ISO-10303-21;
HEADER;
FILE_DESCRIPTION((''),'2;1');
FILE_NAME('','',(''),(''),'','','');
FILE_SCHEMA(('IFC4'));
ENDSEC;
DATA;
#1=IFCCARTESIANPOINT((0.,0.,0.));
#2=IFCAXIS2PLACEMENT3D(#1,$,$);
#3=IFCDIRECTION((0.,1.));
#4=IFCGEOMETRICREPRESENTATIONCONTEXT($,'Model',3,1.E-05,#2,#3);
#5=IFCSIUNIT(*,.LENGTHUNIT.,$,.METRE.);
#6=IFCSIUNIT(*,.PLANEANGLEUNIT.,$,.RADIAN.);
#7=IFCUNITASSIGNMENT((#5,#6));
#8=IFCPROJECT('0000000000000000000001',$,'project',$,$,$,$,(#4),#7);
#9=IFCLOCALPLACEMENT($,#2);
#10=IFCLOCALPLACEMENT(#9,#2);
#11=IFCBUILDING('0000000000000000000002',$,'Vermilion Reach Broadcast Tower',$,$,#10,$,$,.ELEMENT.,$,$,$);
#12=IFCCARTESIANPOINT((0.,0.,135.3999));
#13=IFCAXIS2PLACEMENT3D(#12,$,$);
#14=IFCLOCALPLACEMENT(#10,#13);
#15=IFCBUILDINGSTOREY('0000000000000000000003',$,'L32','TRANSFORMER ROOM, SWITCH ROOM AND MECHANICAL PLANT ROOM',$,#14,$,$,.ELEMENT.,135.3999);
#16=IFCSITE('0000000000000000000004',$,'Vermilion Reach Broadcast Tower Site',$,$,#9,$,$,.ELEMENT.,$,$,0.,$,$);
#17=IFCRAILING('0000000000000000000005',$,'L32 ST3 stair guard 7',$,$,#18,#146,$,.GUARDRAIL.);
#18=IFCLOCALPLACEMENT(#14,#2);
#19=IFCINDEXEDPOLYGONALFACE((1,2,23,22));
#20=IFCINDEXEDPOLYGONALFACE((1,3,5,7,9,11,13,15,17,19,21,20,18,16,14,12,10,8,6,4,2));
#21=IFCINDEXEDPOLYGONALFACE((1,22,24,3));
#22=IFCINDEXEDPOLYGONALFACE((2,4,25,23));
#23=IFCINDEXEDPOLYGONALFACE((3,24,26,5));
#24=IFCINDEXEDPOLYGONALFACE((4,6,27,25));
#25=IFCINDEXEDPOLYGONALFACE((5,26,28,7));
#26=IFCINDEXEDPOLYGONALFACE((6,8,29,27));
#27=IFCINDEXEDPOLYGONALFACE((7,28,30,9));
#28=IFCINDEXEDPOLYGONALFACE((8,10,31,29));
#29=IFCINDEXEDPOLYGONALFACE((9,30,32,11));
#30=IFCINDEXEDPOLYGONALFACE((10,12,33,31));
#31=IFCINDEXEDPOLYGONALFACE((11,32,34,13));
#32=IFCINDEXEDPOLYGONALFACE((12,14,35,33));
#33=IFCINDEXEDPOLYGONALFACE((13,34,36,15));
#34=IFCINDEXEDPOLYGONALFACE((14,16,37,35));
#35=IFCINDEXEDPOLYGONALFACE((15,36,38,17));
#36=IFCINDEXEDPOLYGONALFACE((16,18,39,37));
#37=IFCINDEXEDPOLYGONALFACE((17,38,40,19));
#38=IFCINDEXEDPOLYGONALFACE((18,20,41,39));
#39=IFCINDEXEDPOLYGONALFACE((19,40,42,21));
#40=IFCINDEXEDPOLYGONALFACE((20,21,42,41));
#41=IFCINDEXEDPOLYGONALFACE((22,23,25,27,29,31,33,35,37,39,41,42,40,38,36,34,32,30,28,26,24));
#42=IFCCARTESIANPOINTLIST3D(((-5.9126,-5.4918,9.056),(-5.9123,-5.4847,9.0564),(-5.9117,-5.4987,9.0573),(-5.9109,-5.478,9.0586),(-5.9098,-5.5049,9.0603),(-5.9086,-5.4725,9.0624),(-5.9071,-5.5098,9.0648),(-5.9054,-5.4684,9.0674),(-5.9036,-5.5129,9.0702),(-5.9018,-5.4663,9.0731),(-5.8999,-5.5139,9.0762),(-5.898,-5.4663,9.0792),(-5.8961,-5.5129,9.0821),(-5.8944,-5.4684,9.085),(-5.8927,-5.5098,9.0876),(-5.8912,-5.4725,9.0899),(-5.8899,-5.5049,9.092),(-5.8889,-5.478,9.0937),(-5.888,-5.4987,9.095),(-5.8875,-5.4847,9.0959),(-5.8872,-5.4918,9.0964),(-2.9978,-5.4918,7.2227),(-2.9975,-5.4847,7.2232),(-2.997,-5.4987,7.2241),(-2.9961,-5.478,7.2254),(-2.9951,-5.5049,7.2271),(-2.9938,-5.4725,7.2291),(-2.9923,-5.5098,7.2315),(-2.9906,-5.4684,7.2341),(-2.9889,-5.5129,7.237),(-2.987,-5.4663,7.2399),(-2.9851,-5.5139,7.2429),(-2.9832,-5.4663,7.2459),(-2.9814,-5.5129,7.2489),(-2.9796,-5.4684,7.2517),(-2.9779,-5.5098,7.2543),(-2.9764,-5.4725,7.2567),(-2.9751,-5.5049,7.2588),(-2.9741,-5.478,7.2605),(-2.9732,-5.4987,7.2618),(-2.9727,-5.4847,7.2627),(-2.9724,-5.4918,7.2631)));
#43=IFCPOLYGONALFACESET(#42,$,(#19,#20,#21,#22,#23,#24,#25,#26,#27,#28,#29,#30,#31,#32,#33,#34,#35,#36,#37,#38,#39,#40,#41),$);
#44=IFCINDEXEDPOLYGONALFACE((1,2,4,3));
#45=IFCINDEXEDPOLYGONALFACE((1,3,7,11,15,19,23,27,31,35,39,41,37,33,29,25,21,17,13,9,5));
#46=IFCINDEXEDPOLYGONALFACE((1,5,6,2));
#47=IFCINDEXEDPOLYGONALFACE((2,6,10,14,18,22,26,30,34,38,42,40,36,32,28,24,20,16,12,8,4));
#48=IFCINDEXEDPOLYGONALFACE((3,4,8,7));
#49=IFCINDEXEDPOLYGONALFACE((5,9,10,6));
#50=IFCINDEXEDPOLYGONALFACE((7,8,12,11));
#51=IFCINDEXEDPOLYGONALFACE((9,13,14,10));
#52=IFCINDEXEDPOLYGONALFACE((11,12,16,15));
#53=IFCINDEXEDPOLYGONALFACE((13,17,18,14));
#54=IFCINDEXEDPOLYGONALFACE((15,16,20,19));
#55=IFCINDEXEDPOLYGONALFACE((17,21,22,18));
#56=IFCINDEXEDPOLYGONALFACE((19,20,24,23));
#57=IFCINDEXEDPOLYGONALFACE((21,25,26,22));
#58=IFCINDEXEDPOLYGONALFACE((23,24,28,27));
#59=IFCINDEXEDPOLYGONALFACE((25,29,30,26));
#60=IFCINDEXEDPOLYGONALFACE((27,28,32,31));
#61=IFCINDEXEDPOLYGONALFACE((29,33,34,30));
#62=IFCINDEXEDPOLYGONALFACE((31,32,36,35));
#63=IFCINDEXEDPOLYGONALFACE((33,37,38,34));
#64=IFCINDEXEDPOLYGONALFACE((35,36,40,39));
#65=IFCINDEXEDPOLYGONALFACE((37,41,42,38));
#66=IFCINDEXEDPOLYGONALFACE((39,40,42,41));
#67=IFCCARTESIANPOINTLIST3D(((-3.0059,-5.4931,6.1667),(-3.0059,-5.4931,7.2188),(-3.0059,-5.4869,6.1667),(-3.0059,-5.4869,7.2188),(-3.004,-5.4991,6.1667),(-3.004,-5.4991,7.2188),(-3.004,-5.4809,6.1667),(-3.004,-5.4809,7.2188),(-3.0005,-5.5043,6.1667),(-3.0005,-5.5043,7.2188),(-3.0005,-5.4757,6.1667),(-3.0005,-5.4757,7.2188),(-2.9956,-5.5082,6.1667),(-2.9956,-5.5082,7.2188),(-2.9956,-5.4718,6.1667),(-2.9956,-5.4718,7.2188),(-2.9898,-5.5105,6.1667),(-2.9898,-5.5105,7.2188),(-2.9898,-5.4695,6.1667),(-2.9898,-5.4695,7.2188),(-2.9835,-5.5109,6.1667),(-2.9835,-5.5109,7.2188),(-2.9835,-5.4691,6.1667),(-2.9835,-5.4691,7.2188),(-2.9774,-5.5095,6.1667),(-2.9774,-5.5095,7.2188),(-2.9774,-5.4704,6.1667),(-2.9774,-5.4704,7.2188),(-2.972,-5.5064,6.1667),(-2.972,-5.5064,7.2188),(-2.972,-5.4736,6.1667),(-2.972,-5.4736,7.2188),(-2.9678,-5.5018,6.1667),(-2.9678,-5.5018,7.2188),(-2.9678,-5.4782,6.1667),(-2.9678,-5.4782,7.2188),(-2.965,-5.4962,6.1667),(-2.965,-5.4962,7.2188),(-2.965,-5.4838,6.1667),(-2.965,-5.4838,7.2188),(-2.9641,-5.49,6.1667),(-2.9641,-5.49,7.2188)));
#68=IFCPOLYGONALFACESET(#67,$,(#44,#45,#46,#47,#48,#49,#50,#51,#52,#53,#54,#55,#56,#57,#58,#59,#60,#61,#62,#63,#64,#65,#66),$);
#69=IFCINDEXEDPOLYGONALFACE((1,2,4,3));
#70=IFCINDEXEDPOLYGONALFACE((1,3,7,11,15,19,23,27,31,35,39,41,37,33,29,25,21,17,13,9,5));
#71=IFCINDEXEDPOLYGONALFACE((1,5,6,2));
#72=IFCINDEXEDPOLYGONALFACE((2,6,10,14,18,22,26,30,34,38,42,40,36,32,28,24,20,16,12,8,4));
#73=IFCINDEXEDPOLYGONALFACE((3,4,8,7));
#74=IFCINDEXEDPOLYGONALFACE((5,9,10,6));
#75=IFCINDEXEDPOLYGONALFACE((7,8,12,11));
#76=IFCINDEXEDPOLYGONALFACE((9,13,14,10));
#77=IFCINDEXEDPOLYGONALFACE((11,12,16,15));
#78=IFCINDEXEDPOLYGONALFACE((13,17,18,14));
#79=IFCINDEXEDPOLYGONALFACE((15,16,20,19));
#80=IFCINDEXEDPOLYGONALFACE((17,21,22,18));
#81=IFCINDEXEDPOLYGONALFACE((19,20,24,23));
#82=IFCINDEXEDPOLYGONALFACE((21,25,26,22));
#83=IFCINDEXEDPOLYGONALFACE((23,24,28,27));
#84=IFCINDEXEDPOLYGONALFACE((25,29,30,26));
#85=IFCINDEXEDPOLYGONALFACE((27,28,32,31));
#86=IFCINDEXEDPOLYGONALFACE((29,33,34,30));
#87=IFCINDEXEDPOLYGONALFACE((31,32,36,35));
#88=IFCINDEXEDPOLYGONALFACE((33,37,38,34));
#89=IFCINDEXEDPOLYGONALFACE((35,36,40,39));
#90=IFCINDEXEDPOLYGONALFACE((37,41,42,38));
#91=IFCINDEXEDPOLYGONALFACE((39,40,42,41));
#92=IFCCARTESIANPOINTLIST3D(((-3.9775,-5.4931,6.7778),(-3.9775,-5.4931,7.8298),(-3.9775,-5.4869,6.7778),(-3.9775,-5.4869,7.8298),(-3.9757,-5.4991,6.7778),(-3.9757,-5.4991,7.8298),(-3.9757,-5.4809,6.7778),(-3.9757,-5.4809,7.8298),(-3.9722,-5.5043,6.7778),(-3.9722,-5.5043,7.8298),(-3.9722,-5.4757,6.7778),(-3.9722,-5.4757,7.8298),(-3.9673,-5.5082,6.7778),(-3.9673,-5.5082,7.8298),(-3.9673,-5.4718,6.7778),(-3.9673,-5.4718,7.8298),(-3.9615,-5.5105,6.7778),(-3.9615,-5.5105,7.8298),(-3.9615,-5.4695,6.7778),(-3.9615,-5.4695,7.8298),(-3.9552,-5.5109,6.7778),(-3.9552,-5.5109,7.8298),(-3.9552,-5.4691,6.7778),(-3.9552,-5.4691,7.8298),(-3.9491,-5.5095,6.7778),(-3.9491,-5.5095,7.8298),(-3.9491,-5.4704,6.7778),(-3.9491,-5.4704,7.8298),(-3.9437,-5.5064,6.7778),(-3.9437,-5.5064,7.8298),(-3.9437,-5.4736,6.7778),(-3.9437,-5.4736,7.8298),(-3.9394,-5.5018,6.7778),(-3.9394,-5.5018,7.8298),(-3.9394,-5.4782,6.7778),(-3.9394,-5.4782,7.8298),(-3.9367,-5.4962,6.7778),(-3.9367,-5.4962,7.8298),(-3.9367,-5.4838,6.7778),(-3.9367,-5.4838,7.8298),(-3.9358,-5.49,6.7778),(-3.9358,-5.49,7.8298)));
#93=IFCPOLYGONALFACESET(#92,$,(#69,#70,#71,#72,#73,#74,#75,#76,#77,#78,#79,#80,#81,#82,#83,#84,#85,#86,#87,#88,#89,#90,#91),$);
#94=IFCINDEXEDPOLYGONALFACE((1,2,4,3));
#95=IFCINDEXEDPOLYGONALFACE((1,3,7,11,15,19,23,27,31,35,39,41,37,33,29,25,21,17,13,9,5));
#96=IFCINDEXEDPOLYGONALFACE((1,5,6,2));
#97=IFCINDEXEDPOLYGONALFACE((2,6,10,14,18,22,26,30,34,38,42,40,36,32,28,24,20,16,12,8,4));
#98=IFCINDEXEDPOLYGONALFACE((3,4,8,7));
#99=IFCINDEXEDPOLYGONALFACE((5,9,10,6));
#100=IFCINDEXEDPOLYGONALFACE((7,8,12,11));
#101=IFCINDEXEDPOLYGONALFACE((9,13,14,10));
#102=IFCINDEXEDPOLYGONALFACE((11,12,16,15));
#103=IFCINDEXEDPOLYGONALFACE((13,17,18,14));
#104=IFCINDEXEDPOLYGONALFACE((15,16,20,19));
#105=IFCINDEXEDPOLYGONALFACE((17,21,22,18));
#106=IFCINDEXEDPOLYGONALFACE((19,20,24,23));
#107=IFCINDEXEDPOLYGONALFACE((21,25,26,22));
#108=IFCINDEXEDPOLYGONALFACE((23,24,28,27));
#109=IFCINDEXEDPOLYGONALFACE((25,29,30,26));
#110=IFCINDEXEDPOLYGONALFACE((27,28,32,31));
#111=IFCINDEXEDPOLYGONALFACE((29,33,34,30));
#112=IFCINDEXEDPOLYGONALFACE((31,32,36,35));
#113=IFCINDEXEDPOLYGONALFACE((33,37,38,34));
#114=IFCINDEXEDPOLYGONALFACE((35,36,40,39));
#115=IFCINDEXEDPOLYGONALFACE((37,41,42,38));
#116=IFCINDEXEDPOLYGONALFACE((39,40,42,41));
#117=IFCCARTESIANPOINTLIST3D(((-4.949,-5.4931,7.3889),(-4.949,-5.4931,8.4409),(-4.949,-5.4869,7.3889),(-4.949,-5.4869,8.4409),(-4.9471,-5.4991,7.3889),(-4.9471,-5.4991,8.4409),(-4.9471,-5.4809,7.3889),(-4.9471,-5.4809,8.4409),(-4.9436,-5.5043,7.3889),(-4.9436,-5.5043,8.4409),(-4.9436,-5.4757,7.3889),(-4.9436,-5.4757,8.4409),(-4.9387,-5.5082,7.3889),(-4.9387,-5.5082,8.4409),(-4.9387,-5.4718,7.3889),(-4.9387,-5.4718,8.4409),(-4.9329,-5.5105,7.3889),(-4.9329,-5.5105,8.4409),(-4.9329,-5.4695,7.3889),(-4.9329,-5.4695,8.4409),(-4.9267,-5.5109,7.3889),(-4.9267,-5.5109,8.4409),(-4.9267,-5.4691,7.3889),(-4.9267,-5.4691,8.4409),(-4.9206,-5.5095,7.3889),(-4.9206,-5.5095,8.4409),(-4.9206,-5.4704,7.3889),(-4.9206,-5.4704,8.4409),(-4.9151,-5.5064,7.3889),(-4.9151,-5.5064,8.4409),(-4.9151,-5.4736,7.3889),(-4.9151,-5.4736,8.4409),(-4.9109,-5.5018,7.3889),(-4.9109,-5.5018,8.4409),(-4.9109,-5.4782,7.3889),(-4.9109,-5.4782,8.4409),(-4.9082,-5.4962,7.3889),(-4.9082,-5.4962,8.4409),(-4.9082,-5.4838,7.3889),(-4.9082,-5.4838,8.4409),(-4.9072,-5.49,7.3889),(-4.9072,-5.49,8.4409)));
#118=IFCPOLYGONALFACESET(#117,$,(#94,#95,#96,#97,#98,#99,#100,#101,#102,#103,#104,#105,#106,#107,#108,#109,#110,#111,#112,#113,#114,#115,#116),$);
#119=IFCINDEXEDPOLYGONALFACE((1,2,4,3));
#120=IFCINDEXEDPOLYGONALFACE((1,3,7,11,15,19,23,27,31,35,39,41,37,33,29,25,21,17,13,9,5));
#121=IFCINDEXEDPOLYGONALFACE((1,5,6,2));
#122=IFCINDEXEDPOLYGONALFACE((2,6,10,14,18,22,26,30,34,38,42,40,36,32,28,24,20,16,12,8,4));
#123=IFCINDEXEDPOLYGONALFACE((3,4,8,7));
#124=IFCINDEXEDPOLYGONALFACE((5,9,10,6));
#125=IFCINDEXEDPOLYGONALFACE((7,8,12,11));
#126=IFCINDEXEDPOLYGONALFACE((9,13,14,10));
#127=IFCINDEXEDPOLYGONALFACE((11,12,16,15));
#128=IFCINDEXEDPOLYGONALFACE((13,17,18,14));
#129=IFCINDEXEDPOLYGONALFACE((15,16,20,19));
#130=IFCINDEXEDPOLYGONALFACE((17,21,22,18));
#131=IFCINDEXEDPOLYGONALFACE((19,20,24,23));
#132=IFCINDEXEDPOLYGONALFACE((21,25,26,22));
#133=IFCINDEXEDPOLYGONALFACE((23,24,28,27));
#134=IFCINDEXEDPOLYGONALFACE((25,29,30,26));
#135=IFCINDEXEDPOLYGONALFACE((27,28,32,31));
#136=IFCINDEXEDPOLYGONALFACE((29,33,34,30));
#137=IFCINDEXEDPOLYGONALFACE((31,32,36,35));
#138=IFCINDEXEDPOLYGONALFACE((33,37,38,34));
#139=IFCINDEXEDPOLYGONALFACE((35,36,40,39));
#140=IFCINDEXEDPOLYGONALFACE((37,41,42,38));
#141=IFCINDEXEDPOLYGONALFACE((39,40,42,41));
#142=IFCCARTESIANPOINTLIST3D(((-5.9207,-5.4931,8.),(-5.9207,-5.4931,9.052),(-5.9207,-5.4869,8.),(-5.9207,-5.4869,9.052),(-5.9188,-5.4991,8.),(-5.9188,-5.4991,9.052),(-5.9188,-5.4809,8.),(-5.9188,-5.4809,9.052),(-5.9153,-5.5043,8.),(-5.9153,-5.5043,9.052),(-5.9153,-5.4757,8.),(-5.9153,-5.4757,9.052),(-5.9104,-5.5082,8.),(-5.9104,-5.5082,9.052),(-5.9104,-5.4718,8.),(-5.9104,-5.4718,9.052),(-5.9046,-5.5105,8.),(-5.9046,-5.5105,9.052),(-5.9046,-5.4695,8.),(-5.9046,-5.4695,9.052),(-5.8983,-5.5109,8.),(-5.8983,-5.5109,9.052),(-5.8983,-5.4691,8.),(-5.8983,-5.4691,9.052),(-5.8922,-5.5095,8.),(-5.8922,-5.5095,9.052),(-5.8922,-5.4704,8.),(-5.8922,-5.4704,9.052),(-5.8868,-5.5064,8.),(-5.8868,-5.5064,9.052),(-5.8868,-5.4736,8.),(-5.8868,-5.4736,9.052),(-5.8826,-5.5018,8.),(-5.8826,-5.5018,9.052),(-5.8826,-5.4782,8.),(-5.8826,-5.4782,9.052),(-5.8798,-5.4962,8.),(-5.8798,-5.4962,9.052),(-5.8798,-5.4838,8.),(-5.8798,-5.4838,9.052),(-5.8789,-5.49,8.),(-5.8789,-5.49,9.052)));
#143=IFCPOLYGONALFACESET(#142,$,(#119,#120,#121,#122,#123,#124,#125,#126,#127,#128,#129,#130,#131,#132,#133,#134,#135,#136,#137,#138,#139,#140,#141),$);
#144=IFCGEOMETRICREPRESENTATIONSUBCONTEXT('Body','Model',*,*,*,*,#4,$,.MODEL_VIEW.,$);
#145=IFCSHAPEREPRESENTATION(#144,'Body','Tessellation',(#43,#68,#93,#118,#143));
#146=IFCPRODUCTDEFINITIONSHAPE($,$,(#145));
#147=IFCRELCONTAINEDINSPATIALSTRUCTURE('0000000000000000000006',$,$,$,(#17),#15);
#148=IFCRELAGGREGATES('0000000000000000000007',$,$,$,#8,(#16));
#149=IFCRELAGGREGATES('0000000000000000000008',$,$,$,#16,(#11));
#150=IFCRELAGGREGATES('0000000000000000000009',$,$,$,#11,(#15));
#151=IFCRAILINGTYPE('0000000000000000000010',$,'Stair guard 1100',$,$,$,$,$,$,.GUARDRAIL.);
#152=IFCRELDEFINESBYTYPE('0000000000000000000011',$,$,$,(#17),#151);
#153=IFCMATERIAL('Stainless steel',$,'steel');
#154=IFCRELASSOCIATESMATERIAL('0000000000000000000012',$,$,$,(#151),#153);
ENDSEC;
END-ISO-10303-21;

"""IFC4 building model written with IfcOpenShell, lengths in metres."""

from ifc_helpers import new_model, si_unit, direction, frame, origin, origin_2d, place, context, subcontext, project, spatial, circle, extrude, material, type_object, element, save


model = new_model("IFC4")

# Units and contexts
model_context = context("Model", 3, precision=1e-05, world=origin(), true_north=direction((0.0, 1.0)))
body_context = subcontext(model_context, "Body", "Model", "MODEL_VIEW")
ifc_project = project(units=[si_unit("LENGTHUNIT", "METRE"), si_unit("PLANEANGLEUNIT", "RADIAN")], contexts=[model_context])

# Site, building, storey
site_placement = place(None, origin())
site = spatial("IfcSite", under=ifc_project, at=site_placement, Name="Vermilion Reach Broadcast Tower Site", CompositionType="ELEMENT", RefElevation=0.0)
building_placement = place(site_placement, origin())
building = spatial("IfcBuilding", under=site, at=building_placement, Name="Vermilion Reach Broadcast Tower", CompositionType="ELEMENT")
storey_placement = place(building_placement, frame((0.0, 0.0, 135.3999)))
storey = spatial("IfcBuildingStorey", under=building, at=storey_placement, Name="L32", Description="TRANSFORMER ROOM, SWITCH ROOM AND MECHANICAL PLANT ROOM", CompositionType="ELEMENT", Elevation=135.3999)

# Railing
ifc_material_1 = material(Name="Stainless steel", Category="steel")
railing_type_1 = type_object("IfcRailingType", Name="Stair guard 1100", PredefinedType="GUARDRAIL", material=ifc_material_1)
railing_1_placement = place(storey_placement, frame((-2.9851, -5.49, 6.1667)))
element("IfcRailing", 1, at=railing_1_placement, inside=storey, type_object=railing_type_1, Name="L32 ST3 stair guard 7", PredefinedType="GUARDRAIL", context=body_context, shape_type="SweptSolid", body=[
    extrude(circle(Radius=0.0239, at=origin_2d()), frame((0.0, 0.0, 1.0762), z_axis=(-0.846493, 0.0, 0.532399), x_axis=(0.0, -1.0, 0.0)), (0.0, 0.0, 1.0), 3.4434),
    extrude(circle(Radius=0.021, at=origin_2d()), origin(), (0.0, 0.0, 1.0), 1.052),
    extrude(circle(Radius=0.021, at=origin_2d()), frame((-0.9717, 0.0, 0.6111)), (0.0, 0.0, 1.0), 1.052),
    extrude(circle(Radius=0.021, at=origin_2d()), frame((-1.9431, 0.0, 1.2222)), (0.0, 0.0, 1.0), 1.052),
    extrude(circle(Radius=0.021, at=origin_2d()), frame((-2.9148, 0.0, 1.8333)), (0.0, 0.0, 1.0), 1.052),
])

save(model, "model.ifc")
